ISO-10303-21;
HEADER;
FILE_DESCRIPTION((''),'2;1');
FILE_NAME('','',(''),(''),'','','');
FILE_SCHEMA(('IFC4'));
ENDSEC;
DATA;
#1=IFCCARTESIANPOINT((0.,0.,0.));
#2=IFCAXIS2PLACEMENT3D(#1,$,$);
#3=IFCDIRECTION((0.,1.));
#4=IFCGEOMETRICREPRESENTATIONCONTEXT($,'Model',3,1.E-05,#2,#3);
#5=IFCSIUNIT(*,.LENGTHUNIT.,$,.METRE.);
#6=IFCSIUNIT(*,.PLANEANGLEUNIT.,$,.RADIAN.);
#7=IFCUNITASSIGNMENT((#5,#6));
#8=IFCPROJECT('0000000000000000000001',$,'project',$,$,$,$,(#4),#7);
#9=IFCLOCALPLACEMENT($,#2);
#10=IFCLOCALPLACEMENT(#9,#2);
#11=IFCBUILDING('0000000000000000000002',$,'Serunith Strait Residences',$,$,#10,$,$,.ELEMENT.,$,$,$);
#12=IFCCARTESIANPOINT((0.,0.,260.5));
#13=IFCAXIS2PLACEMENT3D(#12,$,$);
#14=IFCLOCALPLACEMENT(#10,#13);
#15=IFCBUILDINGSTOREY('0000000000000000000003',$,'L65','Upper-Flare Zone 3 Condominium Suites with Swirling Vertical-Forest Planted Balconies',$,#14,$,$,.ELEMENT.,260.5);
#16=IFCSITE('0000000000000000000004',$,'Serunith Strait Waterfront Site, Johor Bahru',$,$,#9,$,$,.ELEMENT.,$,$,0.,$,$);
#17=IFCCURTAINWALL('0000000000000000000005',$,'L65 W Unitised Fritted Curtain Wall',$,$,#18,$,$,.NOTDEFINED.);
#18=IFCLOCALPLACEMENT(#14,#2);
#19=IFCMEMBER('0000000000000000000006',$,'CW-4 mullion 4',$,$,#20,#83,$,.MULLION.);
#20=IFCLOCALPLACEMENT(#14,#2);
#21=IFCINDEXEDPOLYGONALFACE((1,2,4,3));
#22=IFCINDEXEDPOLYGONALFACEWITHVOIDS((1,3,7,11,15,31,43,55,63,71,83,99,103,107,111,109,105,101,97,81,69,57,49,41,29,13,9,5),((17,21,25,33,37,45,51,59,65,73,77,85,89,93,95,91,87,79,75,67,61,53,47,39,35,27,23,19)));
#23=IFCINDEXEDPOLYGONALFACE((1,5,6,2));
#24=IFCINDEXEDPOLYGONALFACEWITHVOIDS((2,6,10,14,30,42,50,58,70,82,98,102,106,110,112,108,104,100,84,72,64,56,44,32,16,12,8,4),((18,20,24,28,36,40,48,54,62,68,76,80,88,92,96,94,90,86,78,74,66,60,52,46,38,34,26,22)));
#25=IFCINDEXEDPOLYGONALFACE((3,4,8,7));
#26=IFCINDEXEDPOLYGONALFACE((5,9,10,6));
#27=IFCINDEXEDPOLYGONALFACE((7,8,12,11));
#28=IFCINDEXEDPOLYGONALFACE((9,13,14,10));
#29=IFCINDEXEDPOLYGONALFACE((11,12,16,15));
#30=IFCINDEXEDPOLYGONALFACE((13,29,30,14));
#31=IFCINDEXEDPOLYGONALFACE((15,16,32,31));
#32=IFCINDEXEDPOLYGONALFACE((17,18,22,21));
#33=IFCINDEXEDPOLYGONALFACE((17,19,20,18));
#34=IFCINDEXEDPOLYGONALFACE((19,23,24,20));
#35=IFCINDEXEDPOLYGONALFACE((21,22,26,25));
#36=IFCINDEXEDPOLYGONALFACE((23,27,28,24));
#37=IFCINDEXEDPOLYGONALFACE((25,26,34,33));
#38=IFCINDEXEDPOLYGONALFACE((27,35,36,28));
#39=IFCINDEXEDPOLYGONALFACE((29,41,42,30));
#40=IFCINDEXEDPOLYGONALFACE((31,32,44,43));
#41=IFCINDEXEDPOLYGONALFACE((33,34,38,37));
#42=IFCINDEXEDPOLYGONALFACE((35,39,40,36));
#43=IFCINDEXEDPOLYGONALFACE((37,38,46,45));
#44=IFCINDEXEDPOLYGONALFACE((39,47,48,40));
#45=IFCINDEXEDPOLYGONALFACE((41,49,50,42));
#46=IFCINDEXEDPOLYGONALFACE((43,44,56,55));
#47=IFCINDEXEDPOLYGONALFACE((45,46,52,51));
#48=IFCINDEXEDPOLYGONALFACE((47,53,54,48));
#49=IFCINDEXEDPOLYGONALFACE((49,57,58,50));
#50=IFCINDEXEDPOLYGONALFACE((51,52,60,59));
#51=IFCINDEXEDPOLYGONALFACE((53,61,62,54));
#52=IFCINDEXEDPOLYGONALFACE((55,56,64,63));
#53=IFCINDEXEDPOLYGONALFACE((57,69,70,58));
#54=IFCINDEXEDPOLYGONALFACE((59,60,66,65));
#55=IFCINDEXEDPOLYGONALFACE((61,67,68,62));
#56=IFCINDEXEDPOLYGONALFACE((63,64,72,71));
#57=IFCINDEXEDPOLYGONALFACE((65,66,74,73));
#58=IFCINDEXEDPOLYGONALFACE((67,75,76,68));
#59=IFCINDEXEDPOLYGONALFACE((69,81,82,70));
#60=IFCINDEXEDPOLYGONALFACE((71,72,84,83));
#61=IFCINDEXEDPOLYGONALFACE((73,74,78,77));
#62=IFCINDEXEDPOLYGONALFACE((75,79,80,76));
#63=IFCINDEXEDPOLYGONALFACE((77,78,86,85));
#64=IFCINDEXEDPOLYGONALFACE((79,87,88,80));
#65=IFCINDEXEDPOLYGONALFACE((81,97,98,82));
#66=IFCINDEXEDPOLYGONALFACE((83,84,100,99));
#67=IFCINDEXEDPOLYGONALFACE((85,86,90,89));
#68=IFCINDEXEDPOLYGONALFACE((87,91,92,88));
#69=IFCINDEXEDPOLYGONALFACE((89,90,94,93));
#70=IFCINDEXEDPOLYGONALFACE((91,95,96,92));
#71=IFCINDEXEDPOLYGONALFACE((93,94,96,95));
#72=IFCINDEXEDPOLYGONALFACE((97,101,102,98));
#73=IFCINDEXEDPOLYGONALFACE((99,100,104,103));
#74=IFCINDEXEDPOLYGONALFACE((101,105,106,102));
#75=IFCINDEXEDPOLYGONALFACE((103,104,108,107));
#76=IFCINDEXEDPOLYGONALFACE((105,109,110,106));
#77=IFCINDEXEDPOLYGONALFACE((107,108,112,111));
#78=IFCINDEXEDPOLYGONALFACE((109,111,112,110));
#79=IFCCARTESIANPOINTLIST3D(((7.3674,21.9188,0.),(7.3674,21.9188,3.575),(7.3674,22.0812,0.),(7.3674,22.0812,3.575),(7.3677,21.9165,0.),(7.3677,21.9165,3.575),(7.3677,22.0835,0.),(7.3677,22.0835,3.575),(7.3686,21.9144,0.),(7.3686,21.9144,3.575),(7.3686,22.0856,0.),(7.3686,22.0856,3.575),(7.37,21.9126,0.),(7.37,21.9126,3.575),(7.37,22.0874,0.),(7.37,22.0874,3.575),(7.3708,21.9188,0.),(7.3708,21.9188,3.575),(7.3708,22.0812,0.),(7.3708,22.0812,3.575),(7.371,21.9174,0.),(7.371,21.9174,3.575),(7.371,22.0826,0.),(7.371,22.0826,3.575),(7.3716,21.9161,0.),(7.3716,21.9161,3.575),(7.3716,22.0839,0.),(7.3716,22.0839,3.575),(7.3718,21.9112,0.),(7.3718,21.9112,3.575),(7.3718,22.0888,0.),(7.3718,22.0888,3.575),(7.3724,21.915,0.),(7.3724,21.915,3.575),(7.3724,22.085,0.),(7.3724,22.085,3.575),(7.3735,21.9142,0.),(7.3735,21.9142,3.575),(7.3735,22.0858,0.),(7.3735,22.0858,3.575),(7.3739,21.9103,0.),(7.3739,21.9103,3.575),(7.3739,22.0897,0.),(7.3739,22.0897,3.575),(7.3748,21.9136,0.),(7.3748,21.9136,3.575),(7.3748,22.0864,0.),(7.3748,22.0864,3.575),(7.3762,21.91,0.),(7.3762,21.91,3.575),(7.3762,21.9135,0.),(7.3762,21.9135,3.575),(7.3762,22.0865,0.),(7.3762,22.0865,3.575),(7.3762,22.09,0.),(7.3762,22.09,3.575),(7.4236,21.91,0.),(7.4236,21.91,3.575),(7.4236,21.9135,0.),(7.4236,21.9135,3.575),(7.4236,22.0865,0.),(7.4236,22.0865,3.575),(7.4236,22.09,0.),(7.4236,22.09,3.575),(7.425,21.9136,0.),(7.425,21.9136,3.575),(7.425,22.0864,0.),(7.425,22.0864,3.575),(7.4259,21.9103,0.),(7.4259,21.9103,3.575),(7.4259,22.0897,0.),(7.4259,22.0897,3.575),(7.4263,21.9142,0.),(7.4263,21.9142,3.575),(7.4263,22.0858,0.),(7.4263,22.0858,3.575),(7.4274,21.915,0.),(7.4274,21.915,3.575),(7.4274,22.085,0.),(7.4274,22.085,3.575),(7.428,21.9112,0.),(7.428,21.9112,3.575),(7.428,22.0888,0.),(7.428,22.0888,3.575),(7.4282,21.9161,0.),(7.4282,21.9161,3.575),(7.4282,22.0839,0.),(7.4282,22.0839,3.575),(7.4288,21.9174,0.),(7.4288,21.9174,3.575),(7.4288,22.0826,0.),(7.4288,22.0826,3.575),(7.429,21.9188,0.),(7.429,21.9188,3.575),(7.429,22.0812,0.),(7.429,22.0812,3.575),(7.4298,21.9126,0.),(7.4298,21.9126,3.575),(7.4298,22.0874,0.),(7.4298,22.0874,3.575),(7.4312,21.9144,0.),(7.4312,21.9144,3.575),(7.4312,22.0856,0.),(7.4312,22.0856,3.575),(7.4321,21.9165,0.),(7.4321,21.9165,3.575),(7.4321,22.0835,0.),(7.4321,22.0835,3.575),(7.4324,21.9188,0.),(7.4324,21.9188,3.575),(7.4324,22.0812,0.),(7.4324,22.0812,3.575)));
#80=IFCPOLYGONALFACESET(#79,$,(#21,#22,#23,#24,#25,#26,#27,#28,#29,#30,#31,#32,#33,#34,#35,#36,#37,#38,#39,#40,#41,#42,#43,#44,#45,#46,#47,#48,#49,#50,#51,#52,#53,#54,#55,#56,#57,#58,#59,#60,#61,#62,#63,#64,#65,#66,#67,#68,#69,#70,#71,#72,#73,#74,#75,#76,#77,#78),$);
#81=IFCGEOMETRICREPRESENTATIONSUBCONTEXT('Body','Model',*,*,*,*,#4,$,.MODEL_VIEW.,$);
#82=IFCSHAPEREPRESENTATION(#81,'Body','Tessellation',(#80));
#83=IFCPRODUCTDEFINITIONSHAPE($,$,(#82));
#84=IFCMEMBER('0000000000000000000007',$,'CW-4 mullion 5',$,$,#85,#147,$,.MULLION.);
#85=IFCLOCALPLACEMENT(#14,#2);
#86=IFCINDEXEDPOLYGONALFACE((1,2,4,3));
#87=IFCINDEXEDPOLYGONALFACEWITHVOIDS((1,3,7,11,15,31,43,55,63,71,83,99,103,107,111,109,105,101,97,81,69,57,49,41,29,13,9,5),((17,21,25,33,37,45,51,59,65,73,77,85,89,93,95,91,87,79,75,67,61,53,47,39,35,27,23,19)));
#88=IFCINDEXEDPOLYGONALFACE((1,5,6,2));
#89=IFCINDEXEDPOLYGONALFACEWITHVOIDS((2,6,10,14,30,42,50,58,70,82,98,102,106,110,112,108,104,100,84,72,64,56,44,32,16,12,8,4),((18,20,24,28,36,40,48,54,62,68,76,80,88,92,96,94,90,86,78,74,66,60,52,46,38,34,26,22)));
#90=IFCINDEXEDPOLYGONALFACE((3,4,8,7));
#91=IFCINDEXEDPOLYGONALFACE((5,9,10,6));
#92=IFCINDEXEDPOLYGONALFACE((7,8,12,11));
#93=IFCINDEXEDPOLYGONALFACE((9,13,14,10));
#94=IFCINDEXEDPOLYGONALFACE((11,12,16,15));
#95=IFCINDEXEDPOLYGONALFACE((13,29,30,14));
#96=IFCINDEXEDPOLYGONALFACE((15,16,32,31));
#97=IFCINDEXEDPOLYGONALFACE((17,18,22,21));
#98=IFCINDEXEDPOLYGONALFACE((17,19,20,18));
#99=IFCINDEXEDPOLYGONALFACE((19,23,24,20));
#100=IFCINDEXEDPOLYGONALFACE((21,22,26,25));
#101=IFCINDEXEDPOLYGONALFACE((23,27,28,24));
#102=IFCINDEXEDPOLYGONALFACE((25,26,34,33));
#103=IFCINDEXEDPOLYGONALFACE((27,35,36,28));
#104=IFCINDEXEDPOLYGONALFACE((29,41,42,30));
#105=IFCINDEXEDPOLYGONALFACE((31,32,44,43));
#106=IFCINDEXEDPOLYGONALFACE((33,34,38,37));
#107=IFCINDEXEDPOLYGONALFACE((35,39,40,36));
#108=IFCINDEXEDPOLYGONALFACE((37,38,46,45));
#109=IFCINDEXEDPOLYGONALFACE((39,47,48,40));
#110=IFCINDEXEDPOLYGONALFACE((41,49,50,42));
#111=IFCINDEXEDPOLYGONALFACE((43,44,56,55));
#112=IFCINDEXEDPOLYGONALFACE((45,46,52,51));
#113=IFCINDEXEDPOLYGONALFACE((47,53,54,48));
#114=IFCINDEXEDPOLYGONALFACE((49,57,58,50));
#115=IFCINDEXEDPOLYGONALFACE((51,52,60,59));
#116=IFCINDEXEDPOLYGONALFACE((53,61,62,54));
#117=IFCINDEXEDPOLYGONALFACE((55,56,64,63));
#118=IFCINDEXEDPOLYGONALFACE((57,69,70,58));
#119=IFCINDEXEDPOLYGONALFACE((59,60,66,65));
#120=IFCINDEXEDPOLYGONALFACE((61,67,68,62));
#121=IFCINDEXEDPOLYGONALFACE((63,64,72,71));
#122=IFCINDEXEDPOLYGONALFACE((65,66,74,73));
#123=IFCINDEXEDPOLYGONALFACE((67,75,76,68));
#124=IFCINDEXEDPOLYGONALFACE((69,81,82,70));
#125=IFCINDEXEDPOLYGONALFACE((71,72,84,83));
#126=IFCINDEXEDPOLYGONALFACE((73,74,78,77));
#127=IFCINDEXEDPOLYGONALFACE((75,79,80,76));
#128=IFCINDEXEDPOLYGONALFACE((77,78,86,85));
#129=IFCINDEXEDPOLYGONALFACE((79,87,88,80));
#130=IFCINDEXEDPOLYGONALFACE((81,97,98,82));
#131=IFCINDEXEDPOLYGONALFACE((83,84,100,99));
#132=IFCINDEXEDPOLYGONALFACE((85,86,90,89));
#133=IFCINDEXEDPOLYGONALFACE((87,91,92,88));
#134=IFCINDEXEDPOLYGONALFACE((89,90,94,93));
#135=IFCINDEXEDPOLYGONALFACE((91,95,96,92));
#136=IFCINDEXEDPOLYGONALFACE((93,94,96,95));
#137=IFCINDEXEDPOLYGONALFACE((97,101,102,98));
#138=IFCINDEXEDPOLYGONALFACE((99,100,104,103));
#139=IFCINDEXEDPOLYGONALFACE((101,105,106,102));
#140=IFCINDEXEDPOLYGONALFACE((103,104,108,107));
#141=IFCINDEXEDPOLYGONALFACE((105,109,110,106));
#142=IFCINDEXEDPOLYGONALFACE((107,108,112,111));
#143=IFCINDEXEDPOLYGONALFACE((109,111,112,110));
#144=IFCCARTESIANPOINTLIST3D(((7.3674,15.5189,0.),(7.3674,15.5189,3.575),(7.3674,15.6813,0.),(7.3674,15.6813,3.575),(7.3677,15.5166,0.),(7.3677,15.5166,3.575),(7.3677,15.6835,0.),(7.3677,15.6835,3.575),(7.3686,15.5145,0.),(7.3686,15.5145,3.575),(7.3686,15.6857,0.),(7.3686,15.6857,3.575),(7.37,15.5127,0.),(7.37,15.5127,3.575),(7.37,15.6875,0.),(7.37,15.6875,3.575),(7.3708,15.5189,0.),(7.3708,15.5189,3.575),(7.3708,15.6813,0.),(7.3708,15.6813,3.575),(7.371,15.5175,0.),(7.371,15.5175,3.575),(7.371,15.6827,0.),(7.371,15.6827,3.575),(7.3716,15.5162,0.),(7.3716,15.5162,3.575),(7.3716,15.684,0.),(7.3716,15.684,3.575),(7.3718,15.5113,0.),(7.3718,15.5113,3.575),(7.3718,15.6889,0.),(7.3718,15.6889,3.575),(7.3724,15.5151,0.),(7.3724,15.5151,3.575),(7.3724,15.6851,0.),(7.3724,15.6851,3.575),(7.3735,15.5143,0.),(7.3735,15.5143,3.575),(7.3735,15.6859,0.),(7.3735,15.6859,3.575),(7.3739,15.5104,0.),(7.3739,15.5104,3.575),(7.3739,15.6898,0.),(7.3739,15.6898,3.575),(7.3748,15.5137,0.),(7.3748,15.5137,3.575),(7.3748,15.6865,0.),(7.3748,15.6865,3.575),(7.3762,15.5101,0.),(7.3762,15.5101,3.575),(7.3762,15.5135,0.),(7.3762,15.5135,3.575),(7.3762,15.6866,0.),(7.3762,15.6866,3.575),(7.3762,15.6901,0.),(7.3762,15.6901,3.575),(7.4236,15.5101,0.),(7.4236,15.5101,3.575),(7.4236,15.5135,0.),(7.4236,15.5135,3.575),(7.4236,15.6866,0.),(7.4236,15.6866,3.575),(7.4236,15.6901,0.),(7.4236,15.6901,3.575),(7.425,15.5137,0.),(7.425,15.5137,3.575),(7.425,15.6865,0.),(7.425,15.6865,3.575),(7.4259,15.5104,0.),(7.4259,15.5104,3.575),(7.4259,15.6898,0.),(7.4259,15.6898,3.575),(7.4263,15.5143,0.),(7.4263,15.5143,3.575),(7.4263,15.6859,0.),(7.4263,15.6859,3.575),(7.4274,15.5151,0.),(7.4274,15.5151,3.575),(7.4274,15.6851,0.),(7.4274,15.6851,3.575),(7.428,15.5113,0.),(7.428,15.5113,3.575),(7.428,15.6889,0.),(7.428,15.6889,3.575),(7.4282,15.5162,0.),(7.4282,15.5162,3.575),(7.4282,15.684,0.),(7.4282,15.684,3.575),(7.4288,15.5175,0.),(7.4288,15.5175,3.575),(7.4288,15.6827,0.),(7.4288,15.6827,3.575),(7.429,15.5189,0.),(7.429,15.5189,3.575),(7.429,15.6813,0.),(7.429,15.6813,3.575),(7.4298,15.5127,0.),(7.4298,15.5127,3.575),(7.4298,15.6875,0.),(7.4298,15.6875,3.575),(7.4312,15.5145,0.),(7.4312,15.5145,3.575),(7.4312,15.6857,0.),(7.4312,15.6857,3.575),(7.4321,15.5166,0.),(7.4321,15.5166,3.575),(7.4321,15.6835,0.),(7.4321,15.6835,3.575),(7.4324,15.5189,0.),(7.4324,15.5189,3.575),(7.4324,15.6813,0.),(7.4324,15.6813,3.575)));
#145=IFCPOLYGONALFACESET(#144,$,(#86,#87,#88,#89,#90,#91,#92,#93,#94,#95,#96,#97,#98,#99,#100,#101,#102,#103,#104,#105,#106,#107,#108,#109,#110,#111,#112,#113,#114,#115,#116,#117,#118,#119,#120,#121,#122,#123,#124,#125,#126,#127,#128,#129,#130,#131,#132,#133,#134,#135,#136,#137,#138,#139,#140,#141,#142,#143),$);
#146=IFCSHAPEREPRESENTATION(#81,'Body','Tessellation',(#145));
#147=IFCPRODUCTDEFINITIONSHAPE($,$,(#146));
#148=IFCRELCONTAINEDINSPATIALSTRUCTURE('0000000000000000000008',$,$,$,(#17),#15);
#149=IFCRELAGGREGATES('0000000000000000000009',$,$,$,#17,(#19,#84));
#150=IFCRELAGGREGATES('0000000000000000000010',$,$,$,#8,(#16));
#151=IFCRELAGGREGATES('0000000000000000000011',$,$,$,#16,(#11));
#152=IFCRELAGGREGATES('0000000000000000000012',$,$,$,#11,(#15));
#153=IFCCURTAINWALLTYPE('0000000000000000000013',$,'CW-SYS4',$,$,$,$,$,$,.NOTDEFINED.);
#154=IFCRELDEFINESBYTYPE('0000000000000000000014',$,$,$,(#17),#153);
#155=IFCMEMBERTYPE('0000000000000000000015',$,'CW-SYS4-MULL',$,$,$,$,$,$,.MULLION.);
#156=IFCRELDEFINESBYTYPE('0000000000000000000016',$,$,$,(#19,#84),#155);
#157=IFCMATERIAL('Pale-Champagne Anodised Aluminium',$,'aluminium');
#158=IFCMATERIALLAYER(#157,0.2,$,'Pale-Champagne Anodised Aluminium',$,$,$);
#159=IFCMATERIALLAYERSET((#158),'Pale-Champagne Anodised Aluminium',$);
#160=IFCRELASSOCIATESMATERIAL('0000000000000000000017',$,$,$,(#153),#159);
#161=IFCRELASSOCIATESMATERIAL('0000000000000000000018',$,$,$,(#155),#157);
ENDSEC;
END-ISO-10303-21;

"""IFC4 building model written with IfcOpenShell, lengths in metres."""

from ifc_helpers import new_model, si_unit, direction, frame, origin, origin_2d, place, context, subcontext, project, spatial, hollow_rectangle, extrude, source, transform, mapped, material, layer, layer_set, material_profile, profile_set, type_object, element, aggregate, save


model = new_model("IFC4")

# Units and contexts
model_context = context("Model", 3, precision=1e-05, world=origin(), true_north=direction((0.0, 1.0)))
body_context = subcontext(model_context, "Body", "Model", "MODEL_VIEW")
ifc_project = project(units=[si_unit("LENGTHUNIT", "METRE"), si_unit("PLANEANGLEUNIT", "RADIAN")], contexts=[model_context])

# Site, building, storey
site_placement = place(None, origin())
site = spatial("IfcSite", under=ifc_project, at=site_placement, Name="Serunith Strait Waterfront Site, Johor Bahru", CompositionType="ELEMENT", RefElevation=0.0)
building_placement = place(site_placement, origin())
building = spatial("IfcBuilding", under=site, at=building_placement, Name="Serunith Strait Residences", CompositionType="ELEMENT")
storey_placement = place(building_placement, frame((0.0, 0.0, 260.5)))
storey = spatial("IfcBuildingStorey", under=building, at=storey_placement, Name="L65", Description="Upper-Flare Zone 3 Condominium Suites with Swirling Vertical-Forest Planted Balconies", CompositionType="ELEMENT", Elevation=260.5)

# Curtain wall, members
ifc_material_1 = material(Name="Pale-Champagne Anodised Aluminium", Category="aluminium")
ifc_layer_1 = layer(ifc_material_1, 0.2, Name="Pale-Champagne Anodised Aluminium")
ifc_layer_set_1 = layer_set([ifc_layer_1], Name="Pale-Champagne Anodised Aluminium")
curtain_wall_type = type_object("IfcCurtainWallType", Name="CW-SYS4", PredefinedType="NOTDEFINED", material=ifc_layer_set_1)
curtain_wall_placement = place(storey_placement, origin())
curtain_wall = element("IfcCurtainWall", 1, at=curtain_wall_placement, inside=storey, type_object=curtain_wall_type, Name="L65 W Unitised Fritted Curtain Wall", PredefinedType="NOTDEFINED")
ifc_material_profile_1 = material_profile(ifc_material_1, hollow_rectangle(XDim=0.0649, YDim=0.1799, WallThickness=0.0034, InnerFilletRadius=0.0054, OuterFilletRadius=0.0088, at=origin_2d()), Name="ALU 180x65x3.5")
ifc_profile_set_1 = profile_set([ifc_material_profile_1], Name="Pale-Champagne Anodised Aluminium")
member_type_1 = type_object("IfcMemberType", Name="CW-SYS4-MULL", PredefinedType="MULLION", material=ifc_profile_set_1)
shared_shape_1 = source(origin(), body_context, "Body", "SweptSolid", [
    extrude(hollow_rectangle(XDim=0.0649, YDim=0.1799, WallThickness=0.0034, InnerFilletRadius=0.0054, OuterFilletRadius=0.0088, at=origin_2d()), origin(), (0.0, 0.0, 1.0), 3.575),
])
member_1_placement = place(storey_placement, frame((7.3999, 22.0, 0.0), z_axis=(0.0, 0.0, 1.0), x_axis=(1.0, 0.0, 0.0)))
member_1 = element("IfcMember", 2, at=member_1_placement, type_object=member_type_1, Name="CW-4 mullion 4", PredefinedType="MULLION", context=body_context, shape_type="MappedRepresentation", body=[
    mapped(shared_shape_1, transform((0.0, 0.0, 0.0), scale=1.0)),
])
member_2_placement = place(storey_placement, frame((7.3999, 15.6001, 0.0), z_axis=(0.0, 0.0, 1.0), x_axis=(1.0, 0.0, 0.0)))
member_2 = element("IfcMember", 3, at=member_2_placement, type_object=member_type_1, Name="CW-4 mullion 5", PredefinedType="MULLION", context=body_context, shape_type="MappedRepresentation", body=[
    mapped(shared_shape_1, transform((0.0, 0.0, 0.0), scale=1.0)),
])
aggregate(curtain_wall, [member_1, member_2])

save(model, "model.ifc")
